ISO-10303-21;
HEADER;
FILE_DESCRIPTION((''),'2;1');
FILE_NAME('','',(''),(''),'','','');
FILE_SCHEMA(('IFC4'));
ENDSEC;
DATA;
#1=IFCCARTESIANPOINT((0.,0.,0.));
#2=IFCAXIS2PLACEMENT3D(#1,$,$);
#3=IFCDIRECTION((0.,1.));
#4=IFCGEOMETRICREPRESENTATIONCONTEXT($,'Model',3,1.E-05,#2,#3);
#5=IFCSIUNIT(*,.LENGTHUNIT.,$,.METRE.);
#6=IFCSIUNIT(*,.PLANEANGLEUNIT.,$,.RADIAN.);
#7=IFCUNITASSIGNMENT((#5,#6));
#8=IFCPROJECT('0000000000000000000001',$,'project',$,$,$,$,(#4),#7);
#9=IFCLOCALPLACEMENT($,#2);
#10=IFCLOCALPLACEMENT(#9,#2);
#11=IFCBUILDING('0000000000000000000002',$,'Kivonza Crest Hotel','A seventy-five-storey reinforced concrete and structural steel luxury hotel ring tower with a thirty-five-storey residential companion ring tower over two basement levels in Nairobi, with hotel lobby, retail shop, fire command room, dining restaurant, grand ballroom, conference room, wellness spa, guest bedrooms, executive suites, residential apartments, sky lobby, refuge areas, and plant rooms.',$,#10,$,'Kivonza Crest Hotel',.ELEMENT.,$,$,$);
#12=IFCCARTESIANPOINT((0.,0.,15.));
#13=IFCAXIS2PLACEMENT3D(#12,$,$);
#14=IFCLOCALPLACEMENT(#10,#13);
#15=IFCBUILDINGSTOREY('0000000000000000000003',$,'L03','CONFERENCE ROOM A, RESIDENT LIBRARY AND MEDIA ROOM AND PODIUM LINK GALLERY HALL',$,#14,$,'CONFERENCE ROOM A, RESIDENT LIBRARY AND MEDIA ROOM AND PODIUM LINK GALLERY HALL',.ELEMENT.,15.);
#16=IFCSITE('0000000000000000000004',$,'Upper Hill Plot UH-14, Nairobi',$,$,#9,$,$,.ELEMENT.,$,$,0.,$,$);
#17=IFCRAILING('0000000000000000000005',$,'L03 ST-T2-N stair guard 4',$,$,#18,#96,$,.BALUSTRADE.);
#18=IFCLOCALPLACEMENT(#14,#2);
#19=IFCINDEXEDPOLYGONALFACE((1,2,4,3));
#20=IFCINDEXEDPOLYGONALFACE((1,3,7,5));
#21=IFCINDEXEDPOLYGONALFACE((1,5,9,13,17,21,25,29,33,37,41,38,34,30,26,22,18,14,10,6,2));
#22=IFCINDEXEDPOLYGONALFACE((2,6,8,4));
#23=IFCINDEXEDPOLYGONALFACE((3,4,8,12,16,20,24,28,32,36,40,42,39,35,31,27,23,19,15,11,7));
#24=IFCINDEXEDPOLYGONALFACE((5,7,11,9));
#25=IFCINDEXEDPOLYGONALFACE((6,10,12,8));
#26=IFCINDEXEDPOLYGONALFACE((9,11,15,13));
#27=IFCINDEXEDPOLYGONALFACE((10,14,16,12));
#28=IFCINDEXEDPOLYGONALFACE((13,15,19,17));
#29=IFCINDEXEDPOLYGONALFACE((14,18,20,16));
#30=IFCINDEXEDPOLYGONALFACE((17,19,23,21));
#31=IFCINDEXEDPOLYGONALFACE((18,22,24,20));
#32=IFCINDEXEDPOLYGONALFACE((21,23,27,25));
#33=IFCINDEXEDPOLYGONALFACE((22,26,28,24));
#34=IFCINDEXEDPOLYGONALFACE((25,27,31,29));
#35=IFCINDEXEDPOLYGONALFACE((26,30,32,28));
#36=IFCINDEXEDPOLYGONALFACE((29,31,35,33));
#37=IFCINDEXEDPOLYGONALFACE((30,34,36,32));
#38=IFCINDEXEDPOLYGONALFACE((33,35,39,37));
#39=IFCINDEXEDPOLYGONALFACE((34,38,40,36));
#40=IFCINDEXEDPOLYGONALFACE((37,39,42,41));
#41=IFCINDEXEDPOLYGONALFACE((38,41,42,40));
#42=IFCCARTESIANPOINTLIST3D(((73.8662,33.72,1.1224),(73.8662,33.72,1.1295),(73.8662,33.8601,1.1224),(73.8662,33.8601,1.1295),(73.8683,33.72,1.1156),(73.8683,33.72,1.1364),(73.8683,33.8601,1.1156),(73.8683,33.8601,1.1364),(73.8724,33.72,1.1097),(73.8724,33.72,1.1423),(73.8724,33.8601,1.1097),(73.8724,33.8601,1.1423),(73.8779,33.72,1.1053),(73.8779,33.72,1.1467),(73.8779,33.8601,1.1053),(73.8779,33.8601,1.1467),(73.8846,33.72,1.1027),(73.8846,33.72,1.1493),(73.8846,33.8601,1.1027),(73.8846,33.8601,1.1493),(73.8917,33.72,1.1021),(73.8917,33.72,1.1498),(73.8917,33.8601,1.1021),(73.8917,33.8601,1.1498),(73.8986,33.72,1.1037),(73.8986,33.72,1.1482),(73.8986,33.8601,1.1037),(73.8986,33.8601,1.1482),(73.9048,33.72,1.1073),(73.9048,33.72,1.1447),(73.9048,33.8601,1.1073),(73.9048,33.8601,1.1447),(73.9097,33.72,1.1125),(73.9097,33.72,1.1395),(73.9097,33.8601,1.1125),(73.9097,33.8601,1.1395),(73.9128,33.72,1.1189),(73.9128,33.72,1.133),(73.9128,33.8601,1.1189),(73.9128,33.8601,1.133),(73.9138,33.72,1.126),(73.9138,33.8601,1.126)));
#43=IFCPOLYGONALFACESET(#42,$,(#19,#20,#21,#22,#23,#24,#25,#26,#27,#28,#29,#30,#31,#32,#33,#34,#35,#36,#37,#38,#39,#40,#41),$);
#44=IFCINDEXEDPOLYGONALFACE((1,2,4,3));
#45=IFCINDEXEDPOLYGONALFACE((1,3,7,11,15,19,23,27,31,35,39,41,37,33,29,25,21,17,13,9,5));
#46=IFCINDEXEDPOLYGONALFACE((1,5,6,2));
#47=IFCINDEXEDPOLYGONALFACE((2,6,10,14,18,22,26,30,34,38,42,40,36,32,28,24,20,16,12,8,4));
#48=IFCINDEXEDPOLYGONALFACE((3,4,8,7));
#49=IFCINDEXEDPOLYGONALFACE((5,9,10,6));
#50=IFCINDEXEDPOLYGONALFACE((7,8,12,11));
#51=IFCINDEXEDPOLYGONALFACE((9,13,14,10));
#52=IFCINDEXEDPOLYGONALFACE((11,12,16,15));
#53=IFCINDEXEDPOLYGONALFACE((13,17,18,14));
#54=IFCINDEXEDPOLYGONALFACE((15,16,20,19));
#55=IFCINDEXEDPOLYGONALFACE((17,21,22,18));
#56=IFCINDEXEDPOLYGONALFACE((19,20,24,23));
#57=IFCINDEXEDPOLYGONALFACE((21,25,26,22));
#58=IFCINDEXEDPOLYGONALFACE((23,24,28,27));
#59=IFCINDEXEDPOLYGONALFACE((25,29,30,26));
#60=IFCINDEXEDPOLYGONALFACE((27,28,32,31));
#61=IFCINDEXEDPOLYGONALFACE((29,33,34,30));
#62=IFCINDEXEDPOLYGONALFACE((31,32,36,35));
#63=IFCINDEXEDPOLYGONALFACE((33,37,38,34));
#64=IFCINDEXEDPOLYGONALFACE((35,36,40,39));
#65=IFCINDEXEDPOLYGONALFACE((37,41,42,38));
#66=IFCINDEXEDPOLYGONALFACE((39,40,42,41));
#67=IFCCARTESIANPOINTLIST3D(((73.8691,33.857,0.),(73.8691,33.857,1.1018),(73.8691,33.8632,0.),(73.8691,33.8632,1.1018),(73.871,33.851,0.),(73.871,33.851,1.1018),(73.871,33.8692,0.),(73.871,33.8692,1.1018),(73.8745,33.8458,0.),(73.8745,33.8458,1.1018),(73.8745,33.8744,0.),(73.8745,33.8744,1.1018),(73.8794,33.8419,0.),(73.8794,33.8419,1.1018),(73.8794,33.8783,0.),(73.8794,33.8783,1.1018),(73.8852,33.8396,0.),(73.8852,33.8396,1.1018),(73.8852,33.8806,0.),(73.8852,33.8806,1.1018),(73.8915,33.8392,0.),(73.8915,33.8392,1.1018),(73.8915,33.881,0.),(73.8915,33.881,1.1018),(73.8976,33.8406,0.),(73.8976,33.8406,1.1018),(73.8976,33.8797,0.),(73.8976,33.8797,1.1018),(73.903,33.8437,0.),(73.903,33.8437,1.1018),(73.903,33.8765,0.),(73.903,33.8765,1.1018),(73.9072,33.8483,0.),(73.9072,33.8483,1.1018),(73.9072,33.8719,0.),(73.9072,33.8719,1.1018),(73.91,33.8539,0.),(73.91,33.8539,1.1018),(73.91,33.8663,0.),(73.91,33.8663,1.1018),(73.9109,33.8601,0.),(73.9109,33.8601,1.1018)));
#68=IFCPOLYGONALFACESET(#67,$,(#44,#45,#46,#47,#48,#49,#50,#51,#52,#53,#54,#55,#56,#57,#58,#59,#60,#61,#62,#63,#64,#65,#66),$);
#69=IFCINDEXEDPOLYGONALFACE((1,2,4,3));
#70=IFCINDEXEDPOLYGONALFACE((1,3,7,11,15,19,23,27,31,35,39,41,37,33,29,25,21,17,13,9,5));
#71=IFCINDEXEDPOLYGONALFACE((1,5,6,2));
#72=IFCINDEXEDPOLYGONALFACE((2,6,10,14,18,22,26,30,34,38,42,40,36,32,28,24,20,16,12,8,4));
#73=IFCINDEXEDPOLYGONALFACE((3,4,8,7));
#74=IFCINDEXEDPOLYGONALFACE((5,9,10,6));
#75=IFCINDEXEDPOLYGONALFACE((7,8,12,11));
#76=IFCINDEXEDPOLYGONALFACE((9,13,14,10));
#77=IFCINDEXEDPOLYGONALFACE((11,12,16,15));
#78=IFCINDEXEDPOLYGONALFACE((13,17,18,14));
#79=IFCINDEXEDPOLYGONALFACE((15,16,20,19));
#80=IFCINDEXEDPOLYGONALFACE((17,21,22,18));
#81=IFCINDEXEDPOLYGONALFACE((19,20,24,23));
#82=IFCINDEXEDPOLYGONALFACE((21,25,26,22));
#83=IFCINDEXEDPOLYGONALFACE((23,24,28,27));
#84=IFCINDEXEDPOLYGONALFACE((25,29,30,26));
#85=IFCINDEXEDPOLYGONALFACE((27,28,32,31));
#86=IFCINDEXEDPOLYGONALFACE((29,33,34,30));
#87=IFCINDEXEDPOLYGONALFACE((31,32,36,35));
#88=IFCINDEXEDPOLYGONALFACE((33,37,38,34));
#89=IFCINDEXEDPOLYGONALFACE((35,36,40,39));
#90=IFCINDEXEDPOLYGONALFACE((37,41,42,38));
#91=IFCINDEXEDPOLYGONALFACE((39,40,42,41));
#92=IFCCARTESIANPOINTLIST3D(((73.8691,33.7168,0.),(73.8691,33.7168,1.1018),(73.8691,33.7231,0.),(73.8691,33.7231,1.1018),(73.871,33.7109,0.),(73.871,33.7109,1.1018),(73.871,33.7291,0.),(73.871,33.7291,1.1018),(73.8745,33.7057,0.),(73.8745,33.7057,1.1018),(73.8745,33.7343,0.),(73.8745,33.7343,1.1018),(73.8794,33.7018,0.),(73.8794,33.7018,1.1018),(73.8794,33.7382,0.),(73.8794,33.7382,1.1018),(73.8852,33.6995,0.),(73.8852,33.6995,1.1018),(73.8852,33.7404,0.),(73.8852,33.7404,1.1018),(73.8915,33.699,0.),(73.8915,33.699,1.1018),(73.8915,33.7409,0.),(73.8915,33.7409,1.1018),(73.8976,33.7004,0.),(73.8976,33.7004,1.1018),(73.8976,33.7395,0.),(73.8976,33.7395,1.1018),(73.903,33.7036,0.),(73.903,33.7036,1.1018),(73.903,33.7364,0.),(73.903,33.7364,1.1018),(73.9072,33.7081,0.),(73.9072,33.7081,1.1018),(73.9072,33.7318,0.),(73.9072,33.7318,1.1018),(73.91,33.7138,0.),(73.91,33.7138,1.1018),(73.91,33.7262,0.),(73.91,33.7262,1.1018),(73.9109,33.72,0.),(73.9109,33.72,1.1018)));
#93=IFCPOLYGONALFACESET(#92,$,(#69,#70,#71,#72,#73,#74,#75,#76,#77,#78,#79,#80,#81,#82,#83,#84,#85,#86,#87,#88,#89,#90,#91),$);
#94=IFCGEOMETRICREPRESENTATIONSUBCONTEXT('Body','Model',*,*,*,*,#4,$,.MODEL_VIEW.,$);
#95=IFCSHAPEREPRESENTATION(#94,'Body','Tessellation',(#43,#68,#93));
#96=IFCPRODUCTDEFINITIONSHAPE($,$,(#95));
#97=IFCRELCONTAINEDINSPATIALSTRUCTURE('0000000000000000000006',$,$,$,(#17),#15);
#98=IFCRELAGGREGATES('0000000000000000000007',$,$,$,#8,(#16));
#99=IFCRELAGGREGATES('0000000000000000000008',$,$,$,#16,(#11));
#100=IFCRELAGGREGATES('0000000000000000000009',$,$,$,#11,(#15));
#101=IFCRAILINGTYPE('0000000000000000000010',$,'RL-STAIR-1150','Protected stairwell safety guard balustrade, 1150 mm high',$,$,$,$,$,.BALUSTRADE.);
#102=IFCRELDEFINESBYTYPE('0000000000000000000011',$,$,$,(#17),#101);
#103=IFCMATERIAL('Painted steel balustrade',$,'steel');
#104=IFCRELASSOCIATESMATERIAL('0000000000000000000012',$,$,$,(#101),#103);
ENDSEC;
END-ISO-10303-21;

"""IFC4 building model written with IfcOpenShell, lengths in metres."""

from ifc_helpers import new_model, si_unit, direction, frame, origin, origin_2d, place, context, subcontext, project, spatial, circle, extrude, material, type_object, element, save


model = new_model("IFC4")

# Units and contexts
model_context = context("Model", 3, precision=1e-05, world=origin(), true_north=direction((0.0, 1.0)))
body_context = subcontext(model_context, "Body", "Model", "MODEL_VIEW")
ifc_project = project(units=[si_unit("LENGTHUNIT", "METRE"), si_unit("PLANEANGLEUNIT", "RADIAN")], contexts=[model_context])

# Site, building, storey
site_placement = place(None, origin())
site = spatial("IfcSite", under=ifc_project, at=site_placement, Name="Upper Hill Plot UH-14, Nairobi", CompositionType="ELEMENT", RefElevation=0.0)
building_placement = place(site_placement, origin())
building = spatial("IfcBuilding", under=site, at=building_placement, Name="Kivonza Crest Hotel", Description="A seventy-five-storey reinforced concrete and structural steel luxury hotel ring tower with a thirty-five-storey residential companion ring tower over two basement levels in Nairobi, with hotel lobby, retail shop, fire command room, dining restaurant, grand ballroom, conference room, wellness spa, guest bedrooms, executive suites, residential apartments, sky lobby, refuge areas, and plant rooms.", LongName="Kivonza Crest Hotel", CompositionType="ELEMENT")
storey_placement = place(building_placement, frame((0.0, 0.0, 15.0)))
storey = spatial("IfcBuildingStorey", under=building, at=storey_placement, Name="L03", Description="CONFERENCE ROOM A, RESIDENT LIBRARY AND MEDIA ROOM AND PODIUM LINK GALLERY HALL", LongName="CONFERENCE ROOM A, RESIDENT LIBRARY AND MEDIA ROOM AND PODIUM LINK GALLERY HALL", CompositionType="ELEMENT", Elevation=15.0)

# Railing
ifc_material_1 = material(Name="Painted steel balustrade", Category="steel")
railing_type_1 = type_object("IfcRailingType", Name="RL-STAIR-1150", Description="Protected stairwell safety guard balustrade, 1150 mm high", PredefinedType="BALUSTRADE", material=ifc_material_1)
railing_1_placement = place(storey_placement, frame((73.8899, 33.8601, 0.0)))
element("IfcRailing", 1, at=railing_1_placement, inside=storey, type_object=railing_type_1, Name="L03 ST-T2-N stair guard 4", PredefinedType="BALUSTRADE", context=body_context, shape_type="SweptSolid", body=[
    extrude(circle(Radius=0.0239, at=origin_2d()), frame((0.0, 0.0, 1.126), z_axis=(0.0, -1.0, 0.0), x_axis=(1.0, 0.0, 0.0)), (0.0, 0.0, 1.0), 0.1401),
    extrude(circle(Radius=0.021, at=origin_2d()), origin(), (0.0, 0.0, 1.0), 1.1018),
    extrude(circle(Radius=0.021, at=origin_2d()), frame((0.0, -0.1401, 0.0)), (0.0, 0.0, 1.0), 1.1018),
])

save(model, "model.ifc")
